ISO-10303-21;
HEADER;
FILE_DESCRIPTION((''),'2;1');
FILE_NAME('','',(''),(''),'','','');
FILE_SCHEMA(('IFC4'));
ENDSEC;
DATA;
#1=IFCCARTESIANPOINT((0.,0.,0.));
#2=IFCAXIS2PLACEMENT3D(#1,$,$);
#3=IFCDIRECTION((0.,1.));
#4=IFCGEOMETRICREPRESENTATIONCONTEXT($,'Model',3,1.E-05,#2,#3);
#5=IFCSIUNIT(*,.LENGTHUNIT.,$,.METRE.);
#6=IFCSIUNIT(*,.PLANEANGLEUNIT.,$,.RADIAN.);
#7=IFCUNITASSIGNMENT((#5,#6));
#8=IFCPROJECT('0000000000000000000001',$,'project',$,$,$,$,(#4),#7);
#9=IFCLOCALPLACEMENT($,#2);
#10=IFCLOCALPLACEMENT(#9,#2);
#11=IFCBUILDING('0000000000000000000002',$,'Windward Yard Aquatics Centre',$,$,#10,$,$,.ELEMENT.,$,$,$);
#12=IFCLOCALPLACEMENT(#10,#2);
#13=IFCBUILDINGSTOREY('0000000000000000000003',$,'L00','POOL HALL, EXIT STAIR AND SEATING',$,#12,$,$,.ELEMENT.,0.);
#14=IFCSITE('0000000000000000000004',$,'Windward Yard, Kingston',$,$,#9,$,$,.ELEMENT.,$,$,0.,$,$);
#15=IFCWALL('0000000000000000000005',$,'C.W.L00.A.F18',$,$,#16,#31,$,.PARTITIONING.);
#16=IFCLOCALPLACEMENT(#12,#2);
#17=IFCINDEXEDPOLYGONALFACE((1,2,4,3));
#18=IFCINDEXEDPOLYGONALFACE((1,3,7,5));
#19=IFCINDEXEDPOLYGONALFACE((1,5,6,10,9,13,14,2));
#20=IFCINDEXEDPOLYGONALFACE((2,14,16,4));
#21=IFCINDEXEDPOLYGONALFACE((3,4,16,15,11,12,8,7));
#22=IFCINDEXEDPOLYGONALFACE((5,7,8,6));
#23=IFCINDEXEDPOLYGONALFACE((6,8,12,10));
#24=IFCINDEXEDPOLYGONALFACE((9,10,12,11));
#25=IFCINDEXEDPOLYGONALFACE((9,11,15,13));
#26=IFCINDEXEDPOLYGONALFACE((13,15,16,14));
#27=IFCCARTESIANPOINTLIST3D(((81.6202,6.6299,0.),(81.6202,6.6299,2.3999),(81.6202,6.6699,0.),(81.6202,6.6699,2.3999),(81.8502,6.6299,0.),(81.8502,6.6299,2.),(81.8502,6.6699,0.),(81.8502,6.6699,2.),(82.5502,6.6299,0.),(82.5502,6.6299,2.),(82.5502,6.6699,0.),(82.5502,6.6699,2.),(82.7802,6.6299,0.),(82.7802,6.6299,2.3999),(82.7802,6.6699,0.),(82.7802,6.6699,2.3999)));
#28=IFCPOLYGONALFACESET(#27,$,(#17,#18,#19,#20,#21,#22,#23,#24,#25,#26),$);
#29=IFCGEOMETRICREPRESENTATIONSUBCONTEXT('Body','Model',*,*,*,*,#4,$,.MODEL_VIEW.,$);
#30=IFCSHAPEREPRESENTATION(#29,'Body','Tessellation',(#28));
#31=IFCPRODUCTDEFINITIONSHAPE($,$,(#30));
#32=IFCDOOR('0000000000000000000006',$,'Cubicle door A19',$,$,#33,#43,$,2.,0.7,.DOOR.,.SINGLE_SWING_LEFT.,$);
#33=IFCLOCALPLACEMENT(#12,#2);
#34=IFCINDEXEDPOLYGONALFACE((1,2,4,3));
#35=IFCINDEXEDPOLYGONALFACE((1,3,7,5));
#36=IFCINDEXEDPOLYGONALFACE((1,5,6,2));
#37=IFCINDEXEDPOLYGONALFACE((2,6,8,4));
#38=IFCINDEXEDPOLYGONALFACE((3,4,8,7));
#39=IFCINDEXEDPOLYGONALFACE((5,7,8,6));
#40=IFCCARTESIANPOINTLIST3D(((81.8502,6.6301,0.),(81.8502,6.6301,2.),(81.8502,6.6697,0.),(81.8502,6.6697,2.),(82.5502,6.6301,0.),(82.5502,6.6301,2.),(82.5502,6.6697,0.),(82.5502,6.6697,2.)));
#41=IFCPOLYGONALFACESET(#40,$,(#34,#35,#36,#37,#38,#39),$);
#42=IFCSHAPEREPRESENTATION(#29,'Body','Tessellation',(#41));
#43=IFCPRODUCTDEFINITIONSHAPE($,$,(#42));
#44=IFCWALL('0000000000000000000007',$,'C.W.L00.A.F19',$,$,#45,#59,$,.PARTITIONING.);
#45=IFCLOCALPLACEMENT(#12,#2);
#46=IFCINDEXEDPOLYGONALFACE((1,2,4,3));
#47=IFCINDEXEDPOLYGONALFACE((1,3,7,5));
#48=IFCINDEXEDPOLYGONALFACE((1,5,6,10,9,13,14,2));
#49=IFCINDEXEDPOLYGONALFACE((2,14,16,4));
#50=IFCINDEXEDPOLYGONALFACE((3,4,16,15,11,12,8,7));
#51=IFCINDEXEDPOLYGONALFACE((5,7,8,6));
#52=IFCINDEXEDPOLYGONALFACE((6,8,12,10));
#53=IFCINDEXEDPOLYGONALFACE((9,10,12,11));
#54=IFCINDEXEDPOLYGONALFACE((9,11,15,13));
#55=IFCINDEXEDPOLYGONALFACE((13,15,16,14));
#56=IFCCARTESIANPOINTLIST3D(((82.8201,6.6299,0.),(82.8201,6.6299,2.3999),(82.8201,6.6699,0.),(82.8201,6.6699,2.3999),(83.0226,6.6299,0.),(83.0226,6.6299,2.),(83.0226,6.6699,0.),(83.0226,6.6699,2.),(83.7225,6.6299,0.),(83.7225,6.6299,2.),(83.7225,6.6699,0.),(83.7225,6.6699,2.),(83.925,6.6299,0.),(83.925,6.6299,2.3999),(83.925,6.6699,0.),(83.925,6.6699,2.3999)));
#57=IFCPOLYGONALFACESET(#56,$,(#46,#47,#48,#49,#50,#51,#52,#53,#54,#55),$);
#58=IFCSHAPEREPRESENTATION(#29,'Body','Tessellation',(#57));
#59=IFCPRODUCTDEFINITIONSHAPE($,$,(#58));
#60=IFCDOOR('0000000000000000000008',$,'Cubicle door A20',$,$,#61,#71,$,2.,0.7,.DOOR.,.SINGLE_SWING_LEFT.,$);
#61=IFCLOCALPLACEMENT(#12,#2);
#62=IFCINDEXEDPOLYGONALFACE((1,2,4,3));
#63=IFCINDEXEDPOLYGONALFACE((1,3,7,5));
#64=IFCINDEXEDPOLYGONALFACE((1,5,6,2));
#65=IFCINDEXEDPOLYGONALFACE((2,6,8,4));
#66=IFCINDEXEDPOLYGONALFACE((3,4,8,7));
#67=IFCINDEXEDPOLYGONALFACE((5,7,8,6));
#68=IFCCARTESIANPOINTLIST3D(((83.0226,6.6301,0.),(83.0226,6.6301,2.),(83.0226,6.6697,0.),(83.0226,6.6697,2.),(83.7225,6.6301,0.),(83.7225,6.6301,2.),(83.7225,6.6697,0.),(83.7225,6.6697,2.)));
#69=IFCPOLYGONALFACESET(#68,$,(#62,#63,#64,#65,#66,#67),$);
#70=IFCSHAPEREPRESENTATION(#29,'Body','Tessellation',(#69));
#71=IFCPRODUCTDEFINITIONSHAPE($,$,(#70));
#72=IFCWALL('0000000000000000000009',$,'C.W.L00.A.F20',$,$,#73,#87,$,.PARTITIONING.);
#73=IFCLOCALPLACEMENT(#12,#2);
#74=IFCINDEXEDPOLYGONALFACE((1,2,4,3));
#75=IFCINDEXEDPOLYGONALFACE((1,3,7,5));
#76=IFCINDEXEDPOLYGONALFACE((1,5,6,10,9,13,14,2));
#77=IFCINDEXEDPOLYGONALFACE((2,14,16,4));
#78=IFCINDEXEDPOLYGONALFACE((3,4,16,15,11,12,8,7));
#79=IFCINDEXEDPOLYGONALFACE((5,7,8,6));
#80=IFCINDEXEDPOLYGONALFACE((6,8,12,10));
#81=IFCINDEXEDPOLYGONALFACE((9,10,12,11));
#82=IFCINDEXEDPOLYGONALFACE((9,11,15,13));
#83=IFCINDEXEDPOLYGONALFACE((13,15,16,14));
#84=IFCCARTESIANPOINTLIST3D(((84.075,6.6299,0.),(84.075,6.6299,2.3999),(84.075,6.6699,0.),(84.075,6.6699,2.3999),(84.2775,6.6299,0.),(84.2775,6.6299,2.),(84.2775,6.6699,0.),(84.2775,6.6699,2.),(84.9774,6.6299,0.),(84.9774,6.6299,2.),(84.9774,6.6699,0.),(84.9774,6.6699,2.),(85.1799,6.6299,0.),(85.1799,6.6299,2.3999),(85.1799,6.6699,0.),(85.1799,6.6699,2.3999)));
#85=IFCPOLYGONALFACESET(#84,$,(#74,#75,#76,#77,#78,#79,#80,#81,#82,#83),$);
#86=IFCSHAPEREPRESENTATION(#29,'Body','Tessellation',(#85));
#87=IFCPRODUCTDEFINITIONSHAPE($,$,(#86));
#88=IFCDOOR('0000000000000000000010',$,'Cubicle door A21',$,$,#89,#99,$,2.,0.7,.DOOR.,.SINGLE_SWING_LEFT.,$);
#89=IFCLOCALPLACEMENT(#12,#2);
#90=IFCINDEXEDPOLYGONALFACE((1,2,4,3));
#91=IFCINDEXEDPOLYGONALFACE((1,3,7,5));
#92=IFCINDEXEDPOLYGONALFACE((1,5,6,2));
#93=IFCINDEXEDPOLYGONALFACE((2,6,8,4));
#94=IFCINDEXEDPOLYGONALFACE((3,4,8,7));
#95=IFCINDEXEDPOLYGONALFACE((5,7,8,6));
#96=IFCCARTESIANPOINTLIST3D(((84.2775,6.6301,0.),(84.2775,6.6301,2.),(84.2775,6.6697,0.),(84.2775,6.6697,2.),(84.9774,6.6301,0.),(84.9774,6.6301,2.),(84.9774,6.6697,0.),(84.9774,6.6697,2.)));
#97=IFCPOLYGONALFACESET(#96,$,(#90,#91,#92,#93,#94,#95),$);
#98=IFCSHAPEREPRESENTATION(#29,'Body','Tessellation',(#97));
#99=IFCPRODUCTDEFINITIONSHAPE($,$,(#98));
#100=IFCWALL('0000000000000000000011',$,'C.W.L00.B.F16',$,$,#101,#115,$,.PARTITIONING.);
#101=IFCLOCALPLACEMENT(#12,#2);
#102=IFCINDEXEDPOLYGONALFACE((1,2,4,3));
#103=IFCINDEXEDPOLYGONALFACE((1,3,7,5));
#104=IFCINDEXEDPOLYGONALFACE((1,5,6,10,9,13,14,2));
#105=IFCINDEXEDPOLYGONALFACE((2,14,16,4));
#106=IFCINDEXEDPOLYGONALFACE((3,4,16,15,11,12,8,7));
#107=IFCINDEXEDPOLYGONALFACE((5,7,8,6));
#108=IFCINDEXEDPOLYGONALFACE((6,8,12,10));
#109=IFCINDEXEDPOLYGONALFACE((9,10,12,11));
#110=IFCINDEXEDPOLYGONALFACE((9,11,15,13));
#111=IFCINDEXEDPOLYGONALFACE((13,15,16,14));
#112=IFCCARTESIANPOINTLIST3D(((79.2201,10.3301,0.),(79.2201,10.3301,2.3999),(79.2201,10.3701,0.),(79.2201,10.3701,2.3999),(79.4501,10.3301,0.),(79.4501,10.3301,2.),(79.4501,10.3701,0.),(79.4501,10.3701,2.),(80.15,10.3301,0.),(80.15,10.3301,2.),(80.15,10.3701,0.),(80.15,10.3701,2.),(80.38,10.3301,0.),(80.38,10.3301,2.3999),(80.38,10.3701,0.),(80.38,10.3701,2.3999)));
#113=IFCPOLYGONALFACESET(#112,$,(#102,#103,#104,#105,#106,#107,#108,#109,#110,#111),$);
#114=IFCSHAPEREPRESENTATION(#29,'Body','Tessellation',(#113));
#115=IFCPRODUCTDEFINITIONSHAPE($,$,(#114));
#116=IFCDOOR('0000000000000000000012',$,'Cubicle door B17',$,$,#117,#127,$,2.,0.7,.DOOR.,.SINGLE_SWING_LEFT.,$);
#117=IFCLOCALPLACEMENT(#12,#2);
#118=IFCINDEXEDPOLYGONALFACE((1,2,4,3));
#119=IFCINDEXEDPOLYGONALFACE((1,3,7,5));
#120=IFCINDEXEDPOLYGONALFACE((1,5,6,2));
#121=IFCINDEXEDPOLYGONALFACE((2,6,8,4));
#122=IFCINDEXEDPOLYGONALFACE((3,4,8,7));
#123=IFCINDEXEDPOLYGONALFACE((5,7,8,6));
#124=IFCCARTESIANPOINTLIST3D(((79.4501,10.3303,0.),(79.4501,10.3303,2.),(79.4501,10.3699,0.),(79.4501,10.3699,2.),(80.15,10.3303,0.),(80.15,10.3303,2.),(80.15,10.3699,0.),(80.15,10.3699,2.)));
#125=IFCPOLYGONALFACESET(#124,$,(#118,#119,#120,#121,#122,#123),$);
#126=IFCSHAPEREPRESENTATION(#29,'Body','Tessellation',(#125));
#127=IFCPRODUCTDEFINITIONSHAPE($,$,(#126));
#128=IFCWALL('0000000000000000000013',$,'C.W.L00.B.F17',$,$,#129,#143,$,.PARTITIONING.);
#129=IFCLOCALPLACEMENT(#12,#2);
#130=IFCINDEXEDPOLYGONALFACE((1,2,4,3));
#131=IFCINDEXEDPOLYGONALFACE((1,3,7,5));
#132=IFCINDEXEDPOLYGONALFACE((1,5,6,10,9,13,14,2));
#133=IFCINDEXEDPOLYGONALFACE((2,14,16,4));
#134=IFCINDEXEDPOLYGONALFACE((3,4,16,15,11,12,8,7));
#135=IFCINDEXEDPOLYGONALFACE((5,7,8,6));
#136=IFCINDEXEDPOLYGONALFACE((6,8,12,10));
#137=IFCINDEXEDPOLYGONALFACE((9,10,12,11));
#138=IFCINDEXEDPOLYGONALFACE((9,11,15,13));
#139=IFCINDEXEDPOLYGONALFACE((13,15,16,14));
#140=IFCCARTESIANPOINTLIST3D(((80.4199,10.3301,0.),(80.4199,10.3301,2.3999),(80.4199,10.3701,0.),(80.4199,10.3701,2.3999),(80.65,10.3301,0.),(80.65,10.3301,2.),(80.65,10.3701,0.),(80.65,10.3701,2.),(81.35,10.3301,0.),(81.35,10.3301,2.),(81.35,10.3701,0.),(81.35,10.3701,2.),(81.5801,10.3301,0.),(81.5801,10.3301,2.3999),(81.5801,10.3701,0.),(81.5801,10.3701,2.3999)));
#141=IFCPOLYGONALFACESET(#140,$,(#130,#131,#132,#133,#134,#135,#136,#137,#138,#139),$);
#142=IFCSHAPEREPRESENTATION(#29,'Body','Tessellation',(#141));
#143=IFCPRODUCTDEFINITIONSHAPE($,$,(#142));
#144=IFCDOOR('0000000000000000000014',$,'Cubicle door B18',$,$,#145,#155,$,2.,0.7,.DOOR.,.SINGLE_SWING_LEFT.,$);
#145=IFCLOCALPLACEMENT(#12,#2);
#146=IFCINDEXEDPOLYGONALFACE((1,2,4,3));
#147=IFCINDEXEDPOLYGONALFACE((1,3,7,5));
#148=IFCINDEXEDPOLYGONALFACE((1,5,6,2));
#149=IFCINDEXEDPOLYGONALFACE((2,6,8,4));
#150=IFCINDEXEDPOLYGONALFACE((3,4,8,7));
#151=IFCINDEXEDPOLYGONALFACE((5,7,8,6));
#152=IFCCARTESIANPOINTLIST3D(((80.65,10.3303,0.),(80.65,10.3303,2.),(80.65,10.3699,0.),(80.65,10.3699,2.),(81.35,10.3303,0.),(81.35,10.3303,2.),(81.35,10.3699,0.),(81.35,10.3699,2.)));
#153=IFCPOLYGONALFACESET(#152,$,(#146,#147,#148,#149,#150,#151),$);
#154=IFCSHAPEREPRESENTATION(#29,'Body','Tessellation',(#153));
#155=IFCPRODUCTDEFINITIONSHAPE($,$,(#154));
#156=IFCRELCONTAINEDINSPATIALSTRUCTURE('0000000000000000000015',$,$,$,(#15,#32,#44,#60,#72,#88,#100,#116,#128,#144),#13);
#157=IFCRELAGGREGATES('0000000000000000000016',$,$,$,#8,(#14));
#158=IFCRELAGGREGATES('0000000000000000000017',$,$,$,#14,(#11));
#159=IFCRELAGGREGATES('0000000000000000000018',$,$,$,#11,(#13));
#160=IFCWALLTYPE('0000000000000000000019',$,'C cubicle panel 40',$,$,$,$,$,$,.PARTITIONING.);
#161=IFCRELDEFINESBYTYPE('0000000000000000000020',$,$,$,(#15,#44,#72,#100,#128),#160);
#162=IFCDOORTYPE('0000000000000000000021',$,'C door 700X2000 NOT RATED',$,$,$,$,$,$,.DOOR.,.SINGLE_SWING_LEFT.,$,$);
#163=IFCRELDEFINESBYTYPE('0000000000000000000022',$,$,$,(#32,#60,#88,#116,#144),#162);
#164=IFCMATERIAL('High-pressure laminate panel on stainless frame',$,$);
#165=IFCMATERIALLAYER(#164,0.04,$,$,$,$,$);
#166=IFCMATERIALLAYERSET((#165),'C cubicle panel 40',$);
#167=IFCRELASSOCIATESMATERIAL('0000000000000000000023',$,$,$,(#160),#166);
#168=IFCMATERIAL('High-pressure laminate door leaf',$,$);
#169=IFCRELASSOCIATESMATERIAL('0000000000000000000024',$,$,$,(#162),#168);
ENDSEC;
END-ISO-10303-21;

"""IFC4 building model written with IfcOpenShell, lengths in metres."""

from ifc_helpers import new_model, si_unit, direction, frame, frame_2d, origin, place, context, subcontext, project, spatial, rectangle, extrude, material, layer, layer_set, type_object, element, fill, save


model = new_model("IFC4")

# Units and contexts
model_context = context("Model", 3, precision=1e-05, world=origin(), true_north=direction((0.0, 1.0)))
body_context = subcontext(model_context, "Body", "Model", "MODEL_VIEW")
ifc_project = project(units=[si_unit("LENGTHUNIT", "METRE"), si_unit("PLANEANGLEUNIT", "RADIAN")], contexts=[model_context])

# Site, building, storey
site_placement = place(None, origin())
site = spatial("IfcSite", under=ifc_project, at=site_placement, Name="Windward Yard, Kingston", CompositionType="ELEMENT", RefElevation=0.0)
building_placement = place(site_placement, origin())
building = spatial("IfcBuilding", under=site, at=building_placement, Name="Windward Yard Aquatics Centre", CompositionType="ELEMENT")
storey_placement = place(building_placement, origin())
storey = spatial("IfcBuildingStorey", under=building, at=storey_placement, Name="L00", Description="POOL HALL, EXIT STAIR AND SEATING", CompositionType="ELEMENT", Elevation=0.0)

# Shared definitions
ifc_material_1 = material(Name="High-pressure laminate panel on stainless frame")
ifc_layer = layer(ifc_material_1, 0.04)
ifc_layer_set = layer_set([ifc_layer], Name="C cubicle panel 40")
wall_type = type_object("IfcWallType", Name="C cubicle panel 40", PredefinedType="PARTITIONING", material=ifc_layer_set)

# Walls, openings, doors
ifc_material_2 = material(Name="High-pressure laminate door leaf")
door_type = type_object("IfcDoorType", Name="C door 700X2000 NOT RATED", OperationType="SINGLE_SWING_LEFT", PredefinedType="DOOR", material=ifc_material_2)
wall_1_placement = place(storey_placement, frame((81.6201, 6.6499, 0.0), z_axis=(0.0, 0.0, 1.0), x_axis=(1.0, 0.0, 0.0)))
wall_1 = element("IfcWall", 1, at=wall_1_placement, inside=storey, type_object=wall_type, Name="C.W.L00.A.F18", PredefinedType="PARTITIONING", context=body_context, shape_type="SweptSolid", body=[
    extrude(rectangle(XDim=1.1599, YDim=0.04, at=frame_2d((0.5801, 0.0))), origin(), (0.0, 0.0, 1.0), 2.3999),
])
opening_1_placement = place(wall_1_placement, frame((0.23, 0.0, 0.0)))
opening_1 = element("IfcOpeningElement", 2, at=opening_1_placement, cuts=wall_1, PredefinedType="OPENING", context=body_context, shape_type="SweptSolid", body=[
    extrude(rectangle(XDim=0.7, YDim=2.0, at=frame_2d((0.3501, 1.0))), frame((0.0, 0.03, 0.0), z_axis=(0.0, -1.0, 0.0), x_axis=(1.0, 0.0, 0.0)), (0.0, 0.0, 1.0), 0.0601),
])
door_1_placement = place(opening_1_placement, origin())
door_1 = element("IfcDoor", 3, at=door_1_placement, inside=storey, type_object=door_type, Name="Cubicle door A19", OperationType="SINGLE_SWING_LEFT", OverallHeight=2.0, OverallWidth=0.7, PredefinedType="DOOR", context=body_context, shape_type="SweptSolid", body=[
    extrude(rectangle(XDim=0.7, YDim=2.0, at=frame_2d((0.3501, 1.0))), frame((0.0, 0.0198, 0.0), z_axis=(0.0, -1.0, 0.0), x_axis=(1.0, 0.0, 0.0)), (0.0, 0.0, 1.0), 0.0396),
])
fill(opening_1, door_1)
wall_2_placement = place(storey_placement, frame((82.8201, 6.6499, 0.0), z_axis=(0.0, 0.0, 1.0), x_axis=(1.0, 0.0, 0.0)))
wall_2 = element("IfcWall", 4, at=wall_2_placement, inside=storey, type_object=wall_type, Name="C.W.L00.A.F19", PredefinedType="PARTITIONING", context=body_context, shape_type="SweptSolid", body=[
    extrude(rectangle(XDim=1.105, YDim=0.04, at=frame_2d((0.5525, 0.0))), origin(), (0.0, 0.0, 1.0), 2.3999),
])
opening_2_placement = place(wall_2_placement, frame((0.2024, 0.0, 0.0)))
opening_2 = element("IfcOpeningElement", 5, at=opening_2_placement, cuts=wall_2, PredefinedType="OPENING", context=body_context, shape_type="SweptSolid", body=[
    extrude(rectangle(XDim=0.7, YDim=2.0, at=frame_2d((0.3501, 1.0))), frame((0.0, 0.03, 0.0), z_axis=(0.0, -1.0, 0.0), x_axis=(1.0, 0.0, 0.0)), (0.0, 0.0, 1.0), 0.0601),
])
door_2_placement = place(opening_2_placement, origin())
door_2 = element("IfcDoor", 6, at=door_2_placement, inside=storey, type_object=door_type, Name="Cubicle door A20", OperationType="SINGLE_SWING_LEFT", OverallHeight=2.0, OverallWidth=0.7, PredefinedType="DOOR", context=body_context, shape_type="SweptSolid", body=[
    extrude(rectangle(XDim=0.7, YDim=2.0, at=frame_2d((0.3501, 1.0))), frame((0.0, 0.0198, 0.0), z_axis=(0.0, -1.0, 0.0), x_axis=(1.0, 0.0, 0.0)), (0.0, 0.0, 1.0), 0.0396),
])
fill(opening_2, door_2)
wall_3_placement = place(storey_placement, frame((84.075, 6.6499, 0.0), z_axis=(0.0, 0.0, 1.0), x_axis=(1.0, 0.0, 0.0)))
wall_3 = element("IfcWall", 7, at=wall_3_placement, inside=storey, type_object=wall_type, Name="C.W.L00.A.F20", PredefinedType="PARTITIONING", context=body_context, shape_type="SweptSolid", body=[
    extrude(rectangle(XDim=1.105, YDim=0.04, at=frame_2d((0.5525, 0.0))), origin(), (0.0, 0.0, 1.0), 2.3999),
])
opening_3_placement = place(wall_3_placement, frame((0.2024, 0.0, 0.0)))
opening_3 = element("IfcOpeningElement", 8, at=opening_3_placement, cuts=wall_3, PredefinedType="OPENING", context=body_context, shape_type="SweptSolid", body=[
    extrude(rectangle(XDim=0.7, YDim=2.0, at=frame_2d((0.3501, 1.0))), frame((0.0, 0.03, 0.0), z_axis=(0.0, -1.0, 0.0), x_axis=(1.0, 0.0, 0.0)), (0.0, 0.0, 1.0), 0.0601),
])
door_3_placement = place(opening_3_placement, origin())
door_3 = element("IfcDoor", 9, at=door_3_placement, inside=storey, type_object=door_type, Name="Cubicle door A21", OperationType="SINGLE_SWING_LEFT", OverallHeight=2.0, OverallWidth=0.7, PredefinedType="DOOR", context=body_context, shape_type="SweptSolid", body=[
    extrude(rectangle(XDim=0.7, YDim=2.0, at=frame_2d((0.3501, 1.0))), frame((0.0, 0.0198, 0.0), z_axis=(0.0, -1.0, 0.0), x_axis=(1.0, 0.0, 0.0)), (0.0, 0.0, 1.0), 0.0396),
])
fill(opening_3, door_3)
wall_4_placement = place(storey_placement, frame((79.22, 10.3501, 0.0), z_axis=(0.0, 0.0, 1.0), x_axis=(1.0, 0.0, 0.0)))
wall_4 = element("IfcWall", 10, at=wall_4_placement, inside=storey, type_object=wall_type, Name="C.W.L00.B.F16", PredefinedType="PARTITIONING", context=body_context, shape_type="SweptSolid", body=[
    extrude(rectangle(XDim=1.1599, YDim=0.04, at=frame_2d((0.5801, 0.0))), origin(), (0.0, 0.0, 1.0), 2.3999),
])
opening_4_placement = place(wall_4_placement, frame((0.23, 0.0, 0.0)))
opening_4 = element("IfcOpeningElement", 11, at=opening_4_placement, cuts=wall_4, PredefinedType="OPENING", context=body_context, shape_type="SweptSolid", body=[
    extrude(rectangle(XDim=0.7, YDim=2.0, at=frame_2d((0.3501, 1.0))), frame((0.0, 0.03, 0.0), z_axis=(0.0, -1.0, 0.0), x_axis=(1.0, 0.0, 0.0)), (0.0, 0.0, 1.0), 0.0601),
])
door_4_placement = place(opening_4_placement, origin())
door_4 = element("IfcDoor", 12, at=door_4_placement, inside=storey, type_object=door_type, Name="Cubicle door B17", OperationType="SINGLE_SWING_LEFT", OverallHeight=2.0, OverallWidth=0.7, PredefinedType="DOOR", context=body_context, shape_type="SweptSolid", body=[
    extrude(rectangle(XDim=0.7, YDim=2.0, at=frame_2d((0.3501, 1.0))), frame((0.0, 0.0198, 0.0), z_axis=(0.0, -1.0, 0.0), x_axis=(1.0, 0.0, 0.0)), (0.0, 0.0, 1.0), 0.0396),
])
fill(opening_4, door_4)
wall_5_placement = place(storey_placement, frame((80.4199, 10.3501, 0.0), z_axis=(0.0, 0.0, 1.0), x_axis=(1.0, 0.0, 0.0)))
wall_5 = element("IfcWall", 13, at=wall_5_placement, inside=storey, type_object=wall_type, Name="C.W.L00.B.F17", PredefinedType="PARTITIONING", context=body_context, shape_type="SweptSolid", body=[
    extrude(rectangle(XDim=1.1602, YDim=0.04, at=frame_2d((0.5801, 0.0))), origin(), (0.0, 0.0, 1.0), 2.3999),
])
opening_5_placement = place(wall_5_placement, frame((0.23, 0.0, 0.0)))
opening_5 = element("IfcOpeningElement", 14, at=opening_5_placement, cuts=wall_5, PredefinedType="OPENING", context=body_context, shape_type="SweptSolid", body=[
    extrude(rectangle(XDim=0.7, YDim=2.0, at=frame_2d((0.3501, 1.0))), frame((0.0, 0.03, 0.0), z_axis=(0.0, -1.0, 0.0), x_axis=(1.0, 0.0, 0.0)), (0.0, 0.0, 1.0), 0.0601),
])
door_5_placement = place(opening_5_placement, origin())
door_5 = element("IfcDoor", 15, at=door_5_placement, inside=storey, type_object=door_type, Name="Cubicle door B18", OperationType="SINGLE_SWING_LEFT", OverallHeight=2.0, OverallWidth=0.7, PredefinedType="DOOR", context=body_context, shape_type="SweptSolid", body=[
    extrude(rectangle(XDim=0.7, YDim=2.0, at=frame_2d((0.3501, 1.0))), frame((0.0, 0.0198, 0.0), z_axis=(0.0, -1.0, 0.0), x_axis=(1.0, 0.0, 0.0)), (0.0, 0.0, 1.0), 0.0396),
])
fill(opening_5, door_5)

save(model, "model.ifc")
